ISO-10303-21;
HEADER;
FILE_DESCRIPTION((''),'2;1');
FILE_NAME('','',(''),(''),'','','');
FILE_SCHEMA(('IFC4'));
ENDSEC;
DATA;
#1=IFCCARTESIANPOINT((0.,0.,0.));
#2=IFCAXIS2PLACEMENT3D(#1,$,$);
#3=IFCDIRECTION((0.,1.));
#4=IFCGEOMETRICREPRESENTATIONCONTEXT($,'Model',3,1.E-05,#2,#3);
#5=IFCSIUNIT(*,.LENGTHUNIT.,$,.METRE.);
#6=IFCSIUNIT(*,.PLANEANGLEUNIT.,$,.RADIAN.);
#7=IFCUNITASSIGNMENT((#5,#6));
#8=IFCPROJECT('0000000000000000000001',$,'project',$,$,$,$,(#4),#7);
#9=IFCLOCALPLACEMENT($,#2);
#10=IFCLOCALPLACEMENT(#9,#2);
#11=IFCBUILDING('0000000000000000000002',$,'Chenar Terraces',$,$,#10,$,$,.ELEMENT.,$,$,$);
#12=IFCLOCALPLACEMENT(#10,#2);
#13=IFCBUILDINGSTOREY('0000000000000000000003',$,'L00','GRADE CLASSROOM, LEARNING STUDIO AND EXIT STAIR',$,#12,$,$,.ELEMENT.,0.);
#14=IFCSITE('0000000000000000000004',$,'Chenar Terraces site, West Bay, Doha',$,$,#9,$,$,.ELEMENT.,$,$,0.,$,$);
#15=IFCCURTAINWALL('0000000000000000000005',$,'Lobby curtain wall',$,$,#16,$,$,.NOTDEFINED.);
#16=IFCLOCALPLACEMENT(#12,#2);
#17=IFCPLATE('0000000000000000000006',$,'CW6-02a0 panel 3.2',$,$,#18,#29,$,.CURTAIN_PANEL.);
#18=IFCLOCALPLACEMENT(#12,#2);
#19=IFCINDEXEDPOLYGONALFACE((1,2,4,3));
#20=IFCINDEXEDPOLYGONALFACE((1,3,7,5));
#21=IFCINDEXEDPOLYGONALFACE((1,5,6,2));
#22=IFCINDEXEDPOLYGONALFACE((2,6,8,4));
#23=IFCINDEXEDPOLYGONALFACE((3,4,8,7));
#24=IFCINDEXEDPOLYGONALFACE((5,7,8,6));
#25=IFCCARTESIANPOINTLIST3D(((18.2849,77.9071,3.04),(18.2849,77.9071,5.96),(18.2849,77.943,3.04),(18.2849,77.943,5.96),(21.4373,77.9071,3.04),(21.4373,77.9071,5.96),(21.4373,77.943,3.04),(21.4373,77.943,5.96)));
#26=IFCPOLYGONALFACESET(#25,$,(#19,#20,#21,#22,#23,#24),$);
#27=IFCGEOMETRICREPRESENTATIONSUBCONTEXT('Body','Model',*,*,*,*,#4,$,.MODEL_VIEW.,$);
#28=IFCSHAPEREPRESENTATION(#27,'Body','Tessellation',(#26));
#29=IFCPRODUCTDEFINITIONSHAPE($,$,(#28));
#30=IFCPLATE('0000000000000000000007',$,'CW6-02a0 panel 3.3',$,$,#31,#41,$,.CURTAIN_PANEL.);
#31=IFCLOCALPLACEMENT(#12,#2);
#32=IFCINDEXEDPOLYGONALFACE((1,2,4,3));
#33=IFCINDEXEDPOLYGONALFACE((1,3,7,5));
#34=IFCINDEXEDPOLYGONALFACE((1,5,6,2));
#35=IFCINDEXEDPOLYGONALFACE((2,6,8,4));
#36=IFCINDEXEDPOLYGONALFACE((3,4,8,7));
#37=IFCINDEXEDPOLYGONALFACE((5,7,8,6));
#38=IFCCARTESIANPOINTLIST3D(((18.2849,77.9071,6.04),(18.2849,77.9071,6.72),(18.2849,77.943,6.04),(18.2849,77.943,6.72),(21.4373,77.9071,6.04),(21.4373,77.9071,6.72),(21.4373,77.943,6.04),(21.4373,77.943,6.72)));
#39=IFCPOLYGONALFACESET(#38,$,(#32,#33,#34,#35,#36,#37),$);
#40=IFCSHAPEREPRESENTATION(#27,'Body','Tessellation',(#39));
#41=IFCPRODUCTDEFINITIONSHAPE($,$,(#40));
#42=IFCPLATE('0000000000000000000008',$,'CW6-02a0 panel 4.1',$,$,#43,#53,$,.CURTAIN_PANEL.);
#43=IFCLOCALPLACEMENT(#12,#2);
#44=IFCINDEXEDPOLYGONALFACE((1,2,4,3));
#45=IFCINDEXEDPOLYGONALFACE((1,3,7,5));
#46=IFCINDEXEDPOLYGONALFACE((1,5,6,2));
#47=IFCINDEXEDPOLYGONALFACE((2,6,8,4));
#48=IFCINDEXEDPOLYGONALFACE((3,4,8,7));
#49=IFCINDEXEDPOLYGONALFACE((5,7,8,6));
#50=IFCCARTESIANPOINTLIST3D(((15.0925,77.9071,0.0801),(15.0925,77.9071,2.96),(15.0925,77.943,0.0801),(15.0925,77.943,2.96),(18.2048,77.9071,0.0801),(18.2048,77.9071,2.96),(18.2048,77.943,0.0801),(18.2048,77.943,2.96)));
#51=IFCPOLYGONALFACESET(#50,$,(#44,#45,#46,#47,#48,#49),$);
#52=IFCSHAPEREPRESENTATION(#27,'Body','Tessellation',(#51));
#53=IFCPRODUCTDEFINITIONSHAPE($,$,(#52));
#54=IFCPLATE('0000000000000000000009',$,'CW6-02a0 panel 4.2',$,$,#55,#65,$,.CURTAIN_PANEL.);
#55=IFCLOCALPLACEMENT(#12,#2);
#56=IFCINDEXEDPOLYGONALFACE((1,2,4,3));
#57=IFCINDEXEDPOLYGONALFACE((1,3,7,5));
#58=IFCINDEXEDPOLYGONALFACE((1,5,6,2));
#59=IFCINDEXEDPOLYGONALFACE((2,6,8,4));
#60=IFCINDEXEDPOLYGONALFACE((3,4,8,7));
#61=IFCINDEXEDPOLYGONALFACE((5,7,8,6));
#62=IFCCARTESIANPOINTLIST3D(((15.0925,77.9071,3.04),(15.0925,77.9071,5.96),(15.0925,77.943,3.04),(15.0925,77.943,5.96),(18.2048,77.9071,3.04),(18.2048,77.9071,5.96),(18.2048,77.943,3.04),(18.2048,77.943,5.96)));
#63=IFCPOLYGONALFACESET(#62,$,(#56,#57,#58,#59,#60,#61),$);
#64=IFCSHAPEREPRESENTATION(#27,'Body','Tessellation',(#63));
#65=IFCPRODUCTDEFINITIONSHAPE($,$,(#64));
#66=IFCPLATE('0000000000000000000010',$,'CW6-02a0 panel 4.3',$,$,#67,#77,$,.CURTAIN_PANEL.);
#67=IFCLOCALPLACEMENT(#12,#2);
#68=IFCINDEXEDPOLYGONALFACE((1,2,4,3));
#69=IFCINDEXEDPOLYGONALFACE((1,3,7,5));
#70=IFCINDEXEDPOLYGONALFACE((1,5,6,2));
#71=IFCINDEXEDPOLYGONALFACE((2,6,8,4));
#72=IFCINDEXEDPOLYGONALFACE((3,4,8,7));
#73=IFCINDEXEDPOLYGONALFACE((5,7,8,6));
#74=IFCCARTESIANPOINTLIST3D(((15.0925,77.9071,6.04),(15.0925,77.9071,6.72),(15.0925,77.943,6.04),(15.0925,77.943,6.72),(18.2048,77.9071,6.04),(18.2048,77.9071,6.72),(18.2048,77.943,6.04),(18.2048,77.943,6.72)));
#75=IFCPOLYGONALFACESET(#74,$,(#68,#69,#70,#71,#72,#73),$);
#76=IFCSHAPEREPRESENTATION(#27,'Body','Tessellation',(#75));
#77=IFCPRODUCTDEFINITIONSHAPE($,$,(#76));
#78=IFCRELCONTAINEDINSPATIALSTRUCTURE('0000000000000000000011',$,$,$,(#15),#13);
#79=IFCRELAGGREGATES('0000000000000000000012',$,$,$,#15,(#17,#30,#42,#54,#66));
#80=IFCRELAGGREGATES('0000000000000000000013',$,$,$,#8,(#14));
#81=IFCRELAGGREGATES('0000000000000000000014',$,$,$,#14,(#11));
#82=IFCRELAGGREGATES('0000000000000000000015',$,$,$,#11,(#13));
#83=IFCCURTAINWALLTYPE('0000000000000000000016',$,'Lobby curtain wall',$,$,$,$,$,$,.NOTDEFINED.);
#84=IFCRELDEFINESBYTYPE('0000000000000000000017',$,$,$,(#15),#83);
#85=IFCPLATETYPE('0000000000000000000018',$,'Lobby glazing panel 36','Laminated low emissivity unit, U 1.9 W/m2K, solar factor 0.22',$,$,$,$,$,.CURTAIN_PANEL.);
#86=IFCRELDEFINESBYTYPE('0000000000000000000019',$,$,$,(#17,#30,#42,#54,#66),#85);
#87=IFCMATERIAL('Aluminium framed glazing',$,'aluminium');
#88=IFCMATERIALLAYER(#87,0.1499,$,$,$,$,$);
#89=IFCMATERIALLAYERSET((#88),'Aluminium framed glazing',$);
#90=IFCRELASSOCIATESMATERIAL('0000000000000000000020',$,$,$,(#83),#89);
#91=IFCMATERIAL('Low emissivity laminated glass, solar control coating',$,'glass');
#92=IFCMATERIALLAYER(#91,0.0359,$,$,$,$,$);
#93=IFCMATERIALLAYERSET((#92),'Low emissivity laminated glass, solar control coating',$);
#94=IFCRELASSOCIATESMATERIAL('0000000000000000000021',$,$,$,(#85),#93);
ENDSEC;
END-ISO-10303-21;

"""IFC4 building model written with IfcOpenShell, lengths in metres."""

from ifc_helpers import new_model, si_unit, direction, frame, origin, origin_2d, place, context, subcontext, project, spatial, rectangle, extrude, material, layer, layer_set, type_object, element, aggregate, save


model = new_model("IFC4")

# Units and contexts
model_context = context("Model", 3, precision=1e-05, world=origin(), true_north=direction((0.0, 1.0)))
body_context = subcontext(model_context, "Body", "Model", "MODEL_VIEW")
ifc_project = project(units=[si_unit("LENGTHUNIT", "METRE"), si_unit("PLANEANGLEUNIT", "RADIAN")], contexts=[model_context])

# Site, building, storey
site_placement = place(None, origin())
site = spatial("IfcSite", under=ifc_project, at=site_placement, Name="Chenar Terraces site, West Bay, Doha", CompositionType="ELEMENT", RefElevation=0.0)
building_placement = place(site_placement, origin())
building = spatial("IfcBuilding", under=site, at=building_placement, Name="Chenar Terraces", CompositionType="ELEMENT")
storey_placement = place(building_placement, origin())
storey = spatial("IfcBuildingStorey", under=building, at=storey_placement, Name="L00", Description="GRADE CLASSROOM, LEARNING STUDIO AND EXIT STAIR", CompositionType="ELEMENT", Elevation=0.0)

# Curtain wall, plates
ifc_material_1 = material(Name="Aluminium framed glazing", Category="aluminium")
ifc_layer_1 = layer(ifc_material_1, 0.1499)
ifc_layer_set_1 = layer_set([ifc_layer_1], Name="Aluminium framed glazing")
curtain_wall_type = type_object("IfcCurtainWallType", Name="Lobby curtain wall", PredefinedType="NOTDEFINED", material=ifc_layer_set_1)
curtain_wall_placement = place(storey_placement, origin())
curtain_wall = element("IfcCurtainWall", 1, at=curtain_wall_placement, inside=storey, type_object=curtain_wall_type, Name="Lobby curtain wall", PredefinedType="NOTDEFINED")
ifc_material_2 = material(Name="Low emissivity laminated glass, solar control coating", Category="glass")
ifc_layer_2 = layer(ifc_material_2, 0.0359)
ifc_layer_set_2 = layer_set([ifc_layer_2], Name="Low emissivity laminated glass, solar control coating")
plate_type = type_object("IfcPlateType", Name="Lobby glazing panel 36", Description="Laminated low emissivity unit, U 1.9 W/m2K, solar factor 0.22", PredefinedType="CURTAIN_PANEL", material=ifc_layer_set_2)
plate_1_placement = place(storey_placement, frame((19.8611, 77.925, 3.04), z_axis=(0.0, 0.0, 1.0), x_axis=(-1.0, 0.0, 0.0)))
plate_1 = element("IfcPlate", 2, at=plate_1_placement, type_object=plate_type, Name="CW6-02a0 panel 3.2", PredefinedType="CURTAIN_PANEL", context=body_context, shape_type="SweptSolid", body=[
    extrude(rectangle(XDim=3.1523, YDim=0.0359, at=origin_2d()), origin(), (0.0, 0.0, 1.0), 2.9199),
])
plate_2_placement = place(storey_placement, frame((19.8611, 77.925, 6.04), z_axis=(0.0, 0.0, 1.0), x_axis=(-1.0, 0.0, 0.0)))
plate_2 = element("IfcPlate", 3, at=plate_2_placement, type_object=plate_type, Name="CW6-02a0 panel 3.3", PredefinedType="CURTAIN_PANEL", context=body_context, shape_type="SweptSolid", body=[
    extrude(rectangle(XDim=3.1523, YDim=0.0359, at=origin_2d()), origin(), (0.0, 0.0, 1.0), 0.6799),
])
plate_3_placement = place(storey_placement, frame((16.6487, 77.925, 0.0801), z_axis=(0.0, 0.0, 1.0), x_axis=(-1.0, 0.0, 0.0)))
plate_3 = element("IfcPlate", 4, at=plate_3_placement, type_object=plate_type, Name="CW6-02a0 panel 4.1", PredefinedType="CURTAIN_PANEL", context=body_context, shape_type="SweptSolid", body=[
    extrude(rectangle(XDim=3.1123, YDim=0.0359, at=origin_2d()), origin(), (0.0, 0.0, 1.0), 2.8799),
])
plate_4_placement = place(storey_placement, frame((16.6487, 77.925, 3.04), z_axis=(0.0, 0.0, 1.0), x_axis=(-1.0, 0.0, 0.0)))
plate_4 = element("IfcPlate", 5, at=plate_4_placement, type_object=plate_type, Name="CW6-02a0 panel 4.2", PredefinedType="CURTAIN_PANEL", context=body_context, shape_type="SweptSolid", body=[
    extrude(rectangle(XDim=3.1123, YDim=0.0359, at=origin_2d()), origin(), (0.0, 0.0, 1.0), 2.9199),
])
plate_5_placement = place(storey_placement, frame((16.6487, 77.925, 6.04), z_axis=(0.0, 0.0, 1.0), x_axis=(-1.0, 0.0, 0.0)))
plate_5 = element("IfcPlate", 6, at=plate_5_placement, type_object=plate_type, Name="CW6-02a0 panel 4.3", PredefinedType="CURTAIN_PANEL", context=body_context, shape_type="SweptSolid", body=[
    extrude(rectangle(XDim=3.1123, YDim=0.0359, at=origin_2d()), origin(), (0.0, 0.0, 1.0), 0.6799),
])
aggregate(curtain_wall, [plate_1, plate_2, plate_3, plate_4, plate_5])

save(model, "model.ifc")
